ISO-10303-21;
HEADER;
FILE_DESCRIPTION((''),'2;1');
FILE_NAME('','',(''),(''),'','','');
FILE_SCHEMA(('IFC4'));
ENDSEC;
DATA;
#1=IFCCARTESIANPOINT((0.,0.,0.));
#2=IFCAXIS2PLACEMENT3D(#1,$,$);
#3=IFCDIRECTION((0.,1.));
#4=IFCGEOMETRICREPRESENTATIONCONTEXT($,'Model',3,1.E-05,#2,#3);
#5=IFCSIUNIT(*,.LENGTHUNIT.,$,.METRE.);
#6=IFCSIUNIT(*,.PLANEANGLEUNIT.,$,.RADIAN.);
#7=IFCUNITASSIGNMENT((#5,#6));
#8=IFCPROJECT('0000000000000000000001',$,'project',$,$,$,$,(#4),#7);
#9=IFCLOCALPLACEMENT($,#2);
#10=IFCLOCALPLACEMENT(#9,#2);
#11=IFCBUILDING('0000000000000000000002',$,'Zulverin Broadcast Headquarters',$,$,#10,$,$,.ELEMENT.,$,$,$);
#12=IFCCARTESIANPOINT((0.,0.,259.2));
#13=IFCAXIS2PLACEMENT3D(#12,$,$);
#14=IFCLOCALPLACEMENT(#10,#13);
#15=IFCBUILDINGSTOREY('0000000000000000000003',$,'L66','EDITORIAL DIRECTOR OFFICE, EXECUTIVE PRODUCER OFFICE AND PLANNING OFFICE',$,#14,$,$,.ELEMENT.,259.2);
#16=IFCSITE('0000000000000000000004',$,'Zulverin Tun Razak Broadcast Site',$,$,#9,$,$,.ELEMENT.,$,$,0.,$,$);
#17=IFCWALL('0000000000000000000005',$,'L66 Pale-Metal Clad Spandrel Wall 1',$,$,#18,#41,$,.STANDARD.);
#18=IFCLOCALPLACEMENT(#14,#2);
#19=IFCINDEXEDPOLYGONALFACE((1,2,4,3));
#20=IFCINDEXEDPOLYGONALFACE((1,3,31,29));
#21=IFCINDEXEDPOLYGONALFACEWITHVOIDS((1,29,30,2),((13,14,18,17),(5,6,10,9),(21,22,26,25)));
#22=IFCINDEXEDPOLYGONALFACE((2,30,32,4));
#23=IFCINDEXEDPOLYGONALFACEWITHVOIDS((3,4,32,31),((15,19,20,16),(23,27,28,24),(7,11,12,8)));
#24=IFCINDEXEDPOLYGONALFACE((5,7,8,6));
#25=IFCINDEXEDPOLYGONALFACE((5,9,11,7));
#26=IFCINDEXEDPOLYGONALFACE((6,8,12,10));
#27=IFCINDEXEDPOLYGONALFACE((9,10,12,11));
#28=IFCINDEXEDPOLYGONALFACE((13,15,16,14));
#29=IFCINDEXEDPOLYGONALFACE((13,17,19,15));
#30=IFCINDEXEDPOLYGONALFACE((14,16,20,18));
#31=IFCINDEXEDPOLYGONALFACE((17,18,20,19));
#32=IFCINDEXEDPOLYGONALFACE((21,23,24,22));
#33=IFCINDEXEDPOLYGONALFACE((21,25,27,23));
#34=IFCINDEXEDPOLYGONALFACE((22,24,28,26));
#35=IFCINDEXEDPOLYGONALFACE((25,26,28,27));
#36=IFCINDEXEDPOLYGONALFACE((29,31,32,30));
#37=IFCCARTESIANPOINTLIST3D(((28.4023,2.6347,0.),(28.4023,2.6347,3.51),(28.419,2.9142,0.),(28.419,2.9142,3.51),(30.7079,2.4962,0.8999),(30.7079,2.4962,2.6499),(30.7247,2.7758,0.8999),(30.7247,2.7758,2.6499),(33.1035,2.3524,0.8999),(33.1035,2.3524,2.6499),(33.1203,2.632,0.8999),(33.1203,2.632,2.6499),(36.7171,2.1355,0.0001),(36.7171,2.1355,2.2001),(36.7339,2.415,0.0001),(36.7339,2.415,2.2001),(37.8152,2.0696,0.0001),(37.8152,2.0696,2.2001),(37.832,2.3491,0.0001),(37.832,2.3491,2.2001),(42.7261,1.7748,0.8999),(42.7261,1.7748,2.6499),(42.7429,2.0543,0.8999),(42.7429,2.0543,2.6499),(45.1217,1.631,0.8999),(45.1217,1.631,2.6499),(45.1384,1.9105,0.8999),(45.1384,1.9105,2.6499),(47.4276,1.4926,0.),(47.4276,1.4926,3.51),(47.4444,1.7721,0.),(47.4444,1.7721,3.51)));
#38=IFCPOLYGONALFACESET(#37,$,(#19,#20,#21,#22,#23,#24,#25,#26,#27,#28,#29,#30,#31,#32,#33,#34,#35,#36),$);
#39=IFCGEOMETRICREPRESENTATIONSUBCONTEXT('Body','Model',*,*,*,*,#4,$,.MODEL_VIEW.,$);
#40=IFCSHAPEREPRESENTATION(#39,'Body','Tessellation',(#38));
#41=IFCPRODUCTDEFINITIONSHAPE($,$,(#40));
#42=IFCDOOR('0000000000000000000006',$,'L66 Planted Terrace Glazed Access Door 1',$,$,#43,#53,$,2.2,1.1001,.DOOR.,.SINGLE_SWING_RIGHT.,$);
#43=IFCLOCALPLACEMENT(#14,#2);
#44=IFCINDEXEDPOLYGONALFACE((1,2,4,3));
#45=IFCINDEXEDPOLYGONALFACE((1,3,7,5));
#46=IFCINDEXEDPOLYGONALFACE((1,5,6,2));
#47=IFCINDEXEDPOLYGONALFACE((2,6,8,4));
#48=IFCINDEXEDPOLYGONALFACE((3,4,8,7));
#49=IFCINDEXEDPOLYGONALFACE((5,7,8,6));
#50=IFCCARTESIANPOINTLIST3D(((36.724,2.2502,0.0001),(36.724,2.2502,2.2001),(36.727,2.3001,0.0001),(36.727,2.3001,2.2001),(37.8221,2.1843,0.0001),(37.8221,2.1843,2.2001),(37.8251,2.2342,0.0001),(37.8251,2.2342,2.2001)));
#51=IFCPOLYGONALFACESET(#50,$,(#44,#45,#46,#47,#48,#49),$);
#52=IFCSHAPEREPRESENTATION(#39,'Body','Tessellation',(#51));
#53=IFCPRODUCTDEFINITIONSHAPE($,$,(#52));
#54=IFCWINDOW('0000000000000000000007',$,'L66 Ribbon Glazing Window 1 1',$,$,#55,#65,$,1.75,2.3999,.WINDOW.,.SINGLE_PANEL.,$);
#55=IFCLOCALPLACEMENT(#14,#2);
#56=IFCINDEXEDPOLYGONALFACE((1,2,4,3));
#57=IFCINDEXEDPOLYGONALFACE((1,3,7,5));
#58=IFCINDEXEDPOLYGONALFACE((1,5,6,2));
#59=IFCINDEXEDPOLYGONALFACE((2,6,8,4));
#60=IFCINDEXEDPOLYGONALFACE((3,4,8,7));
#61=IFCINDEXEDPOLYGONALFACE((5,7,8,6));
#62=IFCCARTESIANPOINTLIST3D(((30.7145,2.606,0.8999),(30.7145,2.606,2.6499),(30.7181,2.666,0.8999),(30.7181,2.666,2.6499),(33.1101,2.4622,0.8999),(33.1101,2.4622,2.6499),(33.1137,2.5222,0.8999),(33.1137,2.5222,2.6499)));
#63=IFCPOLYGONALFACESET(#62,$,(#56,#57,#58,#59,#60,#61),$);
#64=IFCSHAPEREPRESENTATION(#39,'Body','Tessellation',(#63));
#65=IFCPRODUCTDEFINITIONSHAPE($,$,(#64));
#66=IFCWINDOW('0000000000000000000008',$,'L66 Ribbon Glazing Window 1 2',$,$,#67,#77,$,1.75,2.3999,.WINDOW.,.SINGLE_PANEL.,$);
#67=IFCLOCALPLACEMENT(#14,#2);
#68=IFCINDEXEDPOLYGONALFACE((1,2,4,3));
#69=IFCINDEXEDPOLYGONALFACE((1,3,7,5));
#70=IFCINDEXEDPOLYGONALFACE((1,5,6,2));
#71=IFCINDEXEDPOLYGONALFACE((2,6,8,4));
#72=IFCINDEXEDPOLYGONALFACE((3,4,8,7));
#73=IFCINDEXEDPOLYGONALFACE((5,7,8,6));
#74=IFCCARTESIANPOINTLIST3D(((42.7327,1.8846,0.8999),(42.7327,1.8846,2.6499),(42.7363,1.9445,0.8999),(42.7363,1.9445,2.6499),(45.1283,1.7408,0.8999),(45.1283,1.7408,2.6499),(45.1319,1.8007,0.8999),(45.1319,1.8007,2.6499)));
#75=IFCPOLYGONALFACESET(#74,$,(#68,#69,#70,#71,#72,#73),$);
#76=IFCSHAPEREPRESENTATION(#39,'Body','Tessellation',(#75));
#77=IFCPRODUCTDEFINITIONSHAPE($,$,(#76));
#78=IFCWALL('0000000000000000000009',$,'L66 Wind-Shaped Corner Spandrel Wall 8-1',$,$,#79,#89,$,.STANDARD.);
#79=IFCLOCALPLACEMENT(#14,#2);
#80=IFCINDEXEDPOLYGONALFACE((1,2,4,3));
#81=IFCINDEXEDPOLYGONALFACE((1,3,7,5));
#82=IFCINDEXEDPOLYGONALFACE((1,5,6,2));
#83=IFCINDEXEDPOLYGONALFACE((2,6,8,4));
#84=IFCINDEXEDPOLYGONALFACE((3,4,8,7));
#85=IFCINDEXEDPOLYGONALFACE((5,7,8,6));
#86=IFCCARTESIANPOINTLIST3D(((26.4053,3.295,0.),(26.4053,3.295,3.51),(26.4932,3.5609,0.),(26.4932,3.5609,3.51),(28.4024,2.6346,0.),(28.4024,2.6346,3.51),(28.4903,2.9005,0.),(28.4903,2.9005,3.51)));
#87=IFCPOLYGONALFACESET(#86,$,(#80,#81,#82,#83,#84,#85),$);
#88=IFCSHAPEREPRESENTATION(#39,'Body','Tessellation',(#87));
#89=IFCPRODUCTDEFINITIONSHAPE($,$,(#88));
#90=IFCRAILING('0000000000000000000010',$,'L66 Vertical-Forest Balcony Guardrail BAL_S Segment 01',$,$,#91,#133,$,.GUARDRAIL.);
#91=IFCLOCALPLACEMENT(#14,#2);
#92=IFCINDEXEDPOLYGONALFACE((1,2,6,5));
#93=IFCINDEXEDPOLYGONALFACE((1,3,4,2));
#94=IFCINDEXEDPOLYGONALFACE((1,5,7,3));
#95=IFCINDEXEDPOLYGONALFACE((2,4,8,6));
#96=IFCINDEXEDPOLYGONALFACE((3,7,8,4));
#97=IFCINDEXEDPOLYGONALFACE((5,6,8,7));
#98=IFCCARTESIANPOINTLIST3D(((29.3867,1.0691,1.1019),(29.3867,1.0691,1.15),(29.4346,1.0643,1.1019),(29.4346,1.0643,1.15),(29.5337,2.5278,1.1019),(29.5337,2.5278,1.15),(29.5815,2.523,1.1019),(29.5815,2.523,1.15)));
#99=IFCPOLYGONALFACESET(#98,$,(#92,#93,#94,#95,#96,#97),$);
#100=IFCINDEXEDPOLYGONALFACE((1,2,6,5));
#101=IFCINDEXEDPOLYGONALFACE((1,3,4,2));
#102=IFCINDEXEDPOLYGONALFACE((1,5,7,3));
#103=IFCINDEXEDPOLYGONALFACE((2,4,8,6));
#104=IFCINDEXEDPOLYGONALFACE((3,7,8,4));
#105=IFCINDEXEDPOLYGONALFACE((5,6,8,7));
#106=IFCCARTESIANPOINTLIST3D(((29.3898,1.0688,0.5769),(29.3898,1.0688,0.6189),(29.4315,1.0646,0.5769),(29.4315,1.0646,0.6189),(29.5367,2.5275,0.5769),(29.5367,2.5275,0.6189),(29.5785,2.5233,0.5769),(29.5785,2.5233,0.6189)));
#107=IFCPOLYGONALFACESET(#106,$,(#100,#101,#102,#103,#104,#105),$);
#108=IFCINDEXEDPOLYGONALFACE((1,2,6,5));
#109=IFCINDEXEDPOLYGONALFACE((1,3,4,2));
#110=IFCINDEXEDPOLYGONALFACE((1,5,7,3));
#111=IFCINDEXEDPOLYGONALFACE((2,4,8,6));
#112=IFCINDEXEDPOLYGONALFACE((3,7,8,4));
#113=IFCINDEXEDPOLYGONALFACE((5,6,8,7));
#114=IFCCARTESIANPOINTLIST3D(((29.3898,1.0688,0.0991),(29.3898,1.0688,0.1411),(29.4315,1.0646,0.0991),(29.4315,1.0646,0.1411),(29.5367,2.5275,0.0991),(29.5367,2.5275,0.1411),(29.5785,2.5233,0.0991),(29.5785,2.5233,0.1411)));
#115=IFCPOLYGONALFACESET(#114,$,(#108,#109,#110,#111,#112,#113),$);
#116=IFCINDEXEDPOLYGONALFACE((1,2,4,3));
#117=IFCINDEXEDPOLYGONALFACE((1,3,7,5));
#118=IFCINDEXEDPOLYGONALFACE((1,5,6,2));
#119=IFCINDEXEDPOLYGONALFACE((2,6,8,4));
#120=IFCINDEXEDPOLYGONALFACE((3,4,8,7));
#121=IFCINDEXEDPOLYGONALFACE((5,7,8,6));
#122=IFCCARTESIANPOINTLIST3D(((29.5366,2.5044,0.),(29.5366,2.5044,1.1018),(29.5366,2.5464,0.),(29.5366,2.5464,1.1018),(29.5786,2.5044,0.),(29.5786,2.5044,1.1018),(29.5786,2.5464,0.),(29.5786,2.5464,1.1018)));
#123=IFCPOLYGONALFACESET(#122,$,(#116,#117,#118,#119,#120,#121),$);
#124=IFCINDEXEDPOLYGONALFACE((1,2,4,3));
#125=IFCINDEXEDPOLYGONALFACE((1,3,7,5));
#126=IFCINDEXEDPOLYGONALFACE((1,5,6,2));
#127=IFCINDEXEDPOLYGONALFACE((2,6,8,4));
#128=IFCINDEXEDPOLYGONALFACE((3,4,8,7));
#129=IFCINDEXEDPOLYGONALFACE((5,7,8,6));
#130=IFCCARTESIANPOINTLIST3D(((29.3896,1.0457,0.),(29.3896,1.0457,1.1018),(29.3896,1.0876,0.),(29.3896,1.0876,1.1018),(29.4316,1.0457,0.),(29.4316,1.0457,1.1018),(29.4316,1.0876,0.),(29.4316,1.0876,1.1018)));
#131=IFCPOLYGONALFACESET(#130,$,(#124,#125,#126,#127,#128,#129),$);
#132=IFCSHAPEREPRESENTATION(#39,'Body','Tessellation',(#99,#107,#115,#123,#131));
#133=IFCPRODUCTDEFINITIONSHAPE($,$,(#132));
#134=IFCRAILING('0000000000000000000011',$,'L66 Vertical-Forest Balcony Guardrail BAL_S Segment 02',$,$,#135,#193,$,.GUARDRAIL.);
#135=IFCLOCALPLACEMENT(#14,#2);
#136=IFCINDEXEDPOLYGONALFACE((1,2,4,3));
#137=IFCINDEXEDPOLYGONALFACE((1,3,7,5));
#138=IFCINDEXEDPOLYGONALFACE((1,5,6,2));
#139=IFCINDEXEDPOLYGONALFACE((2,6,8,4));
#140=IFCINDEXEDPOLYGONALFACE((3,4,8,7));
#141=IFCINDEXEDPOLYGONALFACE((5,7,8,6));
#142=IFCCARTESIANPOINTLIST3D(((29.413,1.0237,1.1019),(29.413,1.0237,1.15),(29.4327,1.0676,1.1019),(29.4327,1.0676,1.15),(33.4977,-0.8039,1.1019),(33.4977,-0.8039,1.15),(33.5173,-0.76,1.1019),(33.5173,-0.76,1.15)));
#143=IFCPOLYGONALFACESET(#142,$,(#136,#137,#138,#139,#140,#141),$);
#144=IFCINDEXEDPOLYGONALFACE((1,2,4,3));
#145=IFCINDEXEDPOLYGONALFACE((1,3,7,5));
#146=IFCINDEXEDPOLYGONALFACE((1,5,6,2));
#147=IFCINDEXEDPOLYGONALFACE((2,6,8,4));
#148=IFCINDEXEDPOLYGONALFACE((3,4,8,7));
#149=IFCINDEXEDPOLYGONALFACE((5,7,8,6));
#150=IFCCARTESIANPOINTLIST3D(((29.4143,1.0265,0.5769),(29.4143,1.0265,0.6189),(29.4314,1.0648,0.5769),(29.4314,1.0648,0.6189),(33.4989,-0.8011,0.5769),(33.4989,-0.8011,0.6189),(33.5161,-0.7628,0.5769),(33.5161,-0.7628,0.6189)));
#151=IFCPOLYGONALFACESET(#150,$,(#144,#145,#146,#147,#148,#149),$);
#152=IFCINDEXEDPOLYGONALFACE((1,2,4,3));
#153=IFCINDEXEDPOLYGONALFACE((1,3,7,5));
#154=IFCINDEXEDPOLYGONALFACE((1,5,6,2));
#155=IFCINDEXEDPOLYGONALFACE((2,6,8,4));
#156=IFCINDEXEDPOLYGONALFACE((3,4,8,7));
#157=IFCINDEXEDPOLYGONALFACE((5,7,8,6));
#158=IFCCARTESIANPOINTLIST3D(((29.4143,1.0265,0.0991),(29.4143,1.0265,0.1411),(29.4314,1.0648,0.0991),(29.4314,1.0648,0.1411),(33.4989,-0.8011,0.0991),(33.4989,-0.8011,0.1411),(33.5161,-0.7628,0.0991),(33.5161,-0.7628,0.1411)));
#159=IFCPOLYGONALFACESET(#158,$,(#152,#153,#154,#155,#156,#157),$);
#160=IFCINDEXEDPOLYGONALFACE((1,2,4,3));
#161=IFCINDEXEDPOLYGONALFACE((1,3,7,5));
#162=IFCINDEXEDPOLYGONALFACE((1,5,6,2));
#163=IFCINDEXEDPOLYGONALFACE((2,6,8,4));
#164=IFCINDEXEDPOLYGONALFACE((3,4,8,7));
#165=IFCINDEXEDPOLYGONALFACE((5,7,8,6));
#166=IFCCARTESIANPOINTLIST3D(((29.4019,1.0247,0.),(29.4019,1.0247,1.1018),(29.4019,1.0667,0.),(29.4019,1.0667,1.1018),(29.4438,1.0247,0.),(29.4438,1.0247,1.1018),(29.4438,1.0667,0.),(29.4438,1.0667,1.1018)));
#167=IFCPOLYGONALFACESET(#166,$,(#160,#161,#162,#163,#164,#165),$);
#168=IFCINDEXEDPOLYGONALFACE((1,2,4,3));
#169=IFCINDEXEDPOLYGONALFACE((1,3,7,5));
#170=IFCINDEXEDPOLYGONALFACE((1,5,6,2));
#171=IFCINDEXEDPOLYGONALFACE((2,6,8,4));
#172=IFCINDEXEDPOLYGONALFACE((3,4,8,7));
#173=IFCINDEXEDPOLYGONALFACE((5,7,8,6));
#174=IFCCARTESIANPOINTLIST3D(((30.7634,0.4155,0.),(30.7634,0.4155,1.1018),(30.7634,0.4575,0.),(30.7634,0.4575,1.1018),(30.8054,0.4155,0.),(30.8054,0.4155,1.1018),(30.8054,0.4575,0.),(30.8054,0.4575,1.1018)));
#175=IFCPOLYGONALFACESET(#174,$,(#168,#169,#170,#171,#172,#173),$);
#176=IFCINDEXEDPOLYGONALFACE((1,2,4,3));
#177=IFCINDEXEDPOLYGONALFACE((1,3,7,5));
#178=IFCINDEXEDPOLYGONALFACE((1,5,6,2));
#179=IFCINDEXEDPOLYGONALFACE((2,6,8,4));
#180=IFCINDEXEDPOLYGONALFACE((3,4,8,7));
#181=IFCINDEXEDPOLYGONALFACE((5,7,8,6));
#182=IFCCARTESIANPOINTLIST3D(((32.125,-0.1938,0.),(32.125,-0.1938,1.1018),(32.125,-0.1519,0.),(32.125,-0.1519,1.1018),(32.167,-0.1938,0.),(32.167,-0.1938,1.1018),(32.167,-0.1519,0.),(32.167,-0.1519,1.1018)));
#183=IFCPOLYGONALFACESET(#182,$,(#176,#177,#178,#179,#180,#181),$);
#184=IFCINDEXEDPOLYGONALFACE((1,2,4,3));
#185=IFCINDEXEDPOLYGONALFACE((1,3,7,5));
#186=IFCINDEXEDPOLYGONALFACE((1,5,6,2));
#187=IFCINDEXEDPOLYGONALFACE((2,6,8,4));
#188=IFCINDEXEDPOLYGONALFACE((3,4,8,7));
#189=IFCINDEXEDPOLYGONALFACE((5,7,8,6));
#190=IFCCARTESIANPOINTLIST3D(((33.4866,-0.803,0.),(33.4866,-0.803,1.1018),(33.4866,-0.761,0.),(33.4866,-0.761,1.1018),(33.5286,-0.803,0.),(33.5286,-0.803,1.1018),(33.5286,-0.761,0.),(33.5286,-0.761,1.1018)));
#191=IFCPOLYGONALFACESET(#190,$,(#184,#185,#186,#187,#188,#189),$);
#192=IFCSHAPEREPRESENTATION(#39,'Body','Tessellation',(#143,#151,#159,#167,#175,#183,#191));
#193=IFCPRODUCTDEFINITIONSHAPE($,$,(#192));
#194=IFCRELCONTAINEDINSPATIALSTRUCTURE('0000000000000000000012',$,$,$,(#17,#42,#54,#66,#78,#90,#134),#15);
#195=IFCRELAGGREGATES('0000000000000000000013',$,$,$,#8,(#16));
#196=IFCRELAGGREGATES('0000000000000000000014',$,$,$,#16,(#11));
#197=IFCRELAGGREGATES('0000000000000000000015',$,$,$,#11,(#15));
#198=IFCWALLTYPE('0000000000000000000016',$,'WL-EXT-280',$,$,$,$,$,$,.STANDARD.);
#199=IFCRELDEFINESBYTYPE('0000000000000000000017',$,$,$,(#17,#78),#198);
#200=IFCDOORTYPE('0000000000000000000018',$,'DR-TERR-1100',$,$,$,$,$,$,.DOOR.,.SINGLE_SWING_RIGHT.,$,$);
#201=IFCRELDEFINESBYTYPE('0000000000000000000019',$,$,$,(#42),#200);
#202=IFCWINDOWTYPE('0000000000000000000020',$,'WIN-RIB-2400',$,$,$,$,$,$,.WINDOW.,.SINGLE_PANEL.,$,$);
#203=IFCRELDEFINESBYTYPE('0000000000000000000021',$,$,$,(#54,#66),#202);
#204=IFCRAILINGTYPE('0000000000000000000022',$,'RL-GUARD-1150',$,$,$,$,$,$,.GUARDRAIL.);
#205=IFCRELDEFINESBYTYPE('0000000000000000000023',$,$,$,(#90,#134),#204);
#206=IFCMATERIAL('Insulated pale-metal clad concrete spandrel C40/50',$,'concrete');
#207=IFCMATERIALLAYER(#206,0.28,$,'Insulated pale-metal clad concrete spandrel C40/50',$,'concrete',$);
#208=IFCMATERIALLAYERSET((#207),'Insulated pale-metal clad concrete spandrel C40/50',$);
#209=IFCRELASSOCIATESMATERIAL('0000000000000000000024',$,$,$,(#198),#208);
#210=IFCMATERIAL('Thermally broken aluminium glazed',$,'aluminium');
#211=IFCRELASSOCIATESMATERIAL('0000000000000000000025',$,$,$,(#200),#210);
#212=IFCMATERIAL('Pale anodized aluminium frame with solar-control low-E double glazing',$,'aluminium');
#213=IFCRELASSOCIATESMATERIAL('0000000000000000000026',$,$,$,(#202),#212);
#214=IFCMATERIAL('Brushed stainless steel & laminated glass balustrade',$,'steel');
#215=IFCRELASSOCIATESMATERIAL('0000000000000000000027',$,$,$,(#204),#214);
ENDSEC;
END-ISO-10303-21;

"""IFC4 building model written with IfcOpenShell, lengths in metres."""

from ifc_helpers import new_model, si_unit, direction, frame, frame_2d, origin, origin_2d, place, context, subcontext, project, spatial, rectangle, extrude, material, layer, layer_set, type_object, element, fill, save


model = new_model("IFC4")

# Units and contexts
model_context = context("Model", 3, precision=1e-05, world=origin(), true_north=direction((0.0, 1.0)))
body_context = subcontext(model_context, "Body", "Model", "MODEL_VIEW")
ifc_project = project(units=[si_unit("LENGTHUNIT", "METRE"), si_unit("PLANEANGLEUNIT", "RADIAN")], contexts=[model_context])

# Site, building, storey
site_placement = place(None, origin())
site = spatial("IfcSite", under=ifc_project, at=site_placement, Name="Zulverin Tun Razak Broadcast Site", CompositionType="ELEMENT", RefElevation=0.0)
building_placement = place(site_placement, origin())
building = spatial("IfcBuilding", under=site, at=building_placement, Name="Zulverin Broadcast Headquarters", CompositionType="ELEMENT")
storey_placement = place(building_placement, frame((0.0, 0.0, 259.2)))
storey = spatial("IfcBuildingStorey", under=building, at=storey_placement, Name="L66", Description="EDITORIAL DIRECTOR OFFICE, EXECUTIVE PRODUCER OFFICE AND PLANNING OFFICE", CompositionType="ELEMENT", Elevation=259.2)

# Wall, openings, door, windows
ifc_material_1 = material(Name="Insulated pale-metal clad concrete spandrel C40/50", Category="concrete")
ifc_layer_1 = layer(ifc_material_1, 0.28, Name="Insulated pale-metal clad concrete spandrel C40/50", Category="concrete")
ifc_layer_set_1 = layer_set([ifc_layer_1], Name="Insulated pale-metal clad concrete spandrel C40/50")
wall_type = type_object("IfcWallType", Name="WL-EXT-280", PredefinedType="STANDARD", material=ifc_layer_set_1)
wall_1_placement = place(storey_placement, frame((28.4106, 2.7744, 0.0), z_axis=(0.0, 0.0, 1.0), x_axis=(0.998203, -0.059922, 0.0)))
wall_1 = element("IfcWall", 1, at=wall_1_placement, inside=storey, type_object=wall_type, Name="L66 Pale-Metal Clad Spandrel Wall 1", PredefinedType="STANDARD", context=body_context, shape_type="SweptSolid", body=[
    extrude(rectangle(XDim=19.0596, YDim=0.28, at=frame_2d((9.5298, 0.0))), origin(), (0.0, 0.0, 1.0), 3.51),
])
opening_1_placement = place(wall_1_placement, frame((8.3298, 0.0, 0.0)))
opening_1 = element("IfcOpeningElement", 2, at=opening_1_placement, cuts=wall_1, PredefinedType="OPENING", context=body_context, shape_type="SweptSolid", body=[
    extrude(rectangle(XDim=1.1001, YDim=2.2, at=frame_2d((0.55, 1.1001))), frame((0.0, 0.1499, 0.0), z_axis=(0.0, -1.0, 0.0), x_axis=(1.0, 0.0, 0.0)), (0.0, 0.0, 1.0), 0.3),
])
opening_2_placement = place(wall_1_placement, frame((2.3098, 0.0, 0.8999)))
opening_2 = element("IfcOpeningElement", 3, at=opening_2_placement, cuts=wall_1, PredefinedType="OPENING", context=body_context, shape_type="SweptSolid", body=[
    extrude(rectangle(XDim=2.3999, YDim=1.75, at=frame_2d((1.2, 0.875))), frame((0.0, 0.1499, 0.0), z_axis=(0.0, -1.0, 0.0), x_axis=(1.0, 0.0, 0.0)), (0.0, 0.0, 1.0), 0.3),
])
opening_3_placement = place(wall_1_placement, frame((14.3496, 0.0, 0.8999)))
opening_3 = element("IfcOpeningElement", 4, at=opening_3_placement, cuts=wall_1, PredefinedType="OPENING", context=body_context, shape_type="SweptSolid", body=[
    extrude(rectangle(XDim=2.3999, YDim=1.75, at=frame_2d((1.2, 0.875))), frame((0.0, 0.1499, 0.0), z_axis=(0.0, -1.0, 0.0), x_axis=(1.0, 0.0, 0.0)), (0.0, 0.0, 1.0), 0.3),
])
ifc_material_2 = material(Name="Thermally broken aluminium glazed", Category="aluminium")
door_type = type_object("IfcDoorType", Name="DR-TERR-1100", OperationType="SINGLE_SWING_RIGHT", PredefinedType="DOOR", material=ifc_material_2)
door_placement = place(opening_1_placement, origin())
door = element("IfcDoor", 5, at=door_placement, inside=storey, type_object=door_type, Name="L66 Planted Terrace Glazed Access Door 1", OperationType="SINGLE_SWING_RIGHT", OverallHeight=2.2, OverallWidth=1.1001, PredefinedType="DOOR", context=body_context, shape_type="SweptSolid", body=[
    extrude(rectangle(XDim=1.1001, YDim=2.2, at=frame_2d((0.55, 1.1001))), frame((0.0, 0.0249, 0.0), z_axis=(0.0, -1.0, 0.0), x_axis=(1.0, 0.0, 0.0)), (0.0, 0.0, 1.0), 0.05),
])
fill(opening_1, door)
ifc_material_3 = material(Name="Pale anodized aluminium frame with solar-control low-E double glazing", Category="aluminium")
window_type = type_object("IfcWindowType", Name="WIN-RIB-2400", PartitioningType="SINGLE_PANEL", PredefinedType="WINDOW", material=ifc_material_3)
window_1_placement = place(opening_2_placement, origin())
window_1 = element("IfcWindow", 6, at=window_1_placement, inside=storey, type_object=window_type, Name="L66 Ribbon Glazing Window 1 1", OverallHeight=1.75, OverallWidth=2.3999, PartitioningType="SINGLE_PANEL", PredefinedType="WINDOW", context=body_context, shape_type="SweptSolid", body=[
    extrude(rectangle(XDim=2.3999, YDim=1.75, at=frame_2d((1.2, 0.875))), frame((0.0, 0.03, 0.0), z_axis=(0.0, -1.0, 0.0), x_axis=(1.0, 0.0, 0.0)), (0.0, 0.0, 1.0), 0.0601),
])
fill(opening_2, window_1)
window_2_placement = place(opening_3_placement, origin())
window_2 = element("IfcWindow", 7, at=window_2_placement, inside=storey, type_object=window_type, Name="L66 Ribbon Glazing Window 1 2", OverallHeight=1.75, OverallWidth=2.3999, PartitioningType="SINGLE_PANEL", PredefinedType="WINDOW", context=body_context, shape_type="SweptSolid", body=[
    extrude(rectangle(XDim=2.3999, YDim=1.75, at=frame_2d((1.2, 0.875))), frame((0.0, 0.03, 0.0), z_axis=(0.0, -1.0, 0.0), x_axis=(1.0, 0.0, 0.0)), (0.0, 0.0, 1.0), 0.0601),
])
fill(opening_3, window_2)

# Wall
wall_2_placement = place(storey_placement, frame((26.4492, 3.428, 0.0), z_axis=(0.0, 0.0, 1.0), x_axis=(0.949435, -0.313964, 0.0)))
element("IfcWall", 8, at=wall_2_placement, inside=storey, type_object=wall_type, Name="L66 Wind-Shaped Corner Spandrel Wall 8-1", PredefinedType="STANDARD", context=body_context, shape_type="SweptSolid", body=[
    extrude(rectangle(XDim=2.1035, YDim=0.28, at=frame_2d((1.0518, 0.0))), origin(), (0.0, 0.0, 1.0), 3.51),
])

# Railings
ifc_material_4 = material(Name="Brushed stainless steel & laminated glass balustrade", Category="steel")
railing_type = type_object("IfcRailingType", Name="RL-GUARD-1150", PredefinedType="GUARDRAIL", material=ifc_material_4)
railing_1_placement = place(storey_placement, frame((29.5576, 2.5254, 0.0)))
element("IfcRailing", 9, at=railing_1_placement, inside=storey, type_object=railing_type, Name="L66 Vertical-Forest Balcony Guardrail BAL_S Segment 01", PredefinedType="GUARDRAIL", context=body_context, shape_type="SweptSolid", body=[
    extrude(rectangle(XDim=0.0481, YDim=0.0481, at=origin_2d()), frame((0.0, 0.0, 1.126), z_axis=(-0.100246, -0.994963, 0.0), x_axis=(0.994963, -0.100246, 0.0)), (0.0, 0.0, 1.0), 1.4661),
    extrude(rectangle(XDim=0.042, YDim=0.042, at=origin_2d()), frame((0.0, 0.0, 0.5979), z_axis=(-0.100246, -0.994963, 0.0), x_axis=(0.994963, -0.100246, 0.0)), (0.0, 0.0, 1.0), 1.4661),
    extrude(rectangle(XDim=0.042, YDim=0.042, at=origin_2d()), frame((0.0, 0.0, 0.1201), z_axis=(-0.100246, -0.994963, 0.0), x_axis=(0.994963, -0.100246, 0.0)), (0.0, 0.0, 1.0), 1.4661),
    extrude(rectangle(XDim=0.042, YDim=0.042, at=origin_2d()), origin(), (0.0, 0.0, 1.0), 1.1018),
    extrude(rectangle(XDim=0.042, YDim=0.042, at=origin_2d()), frame((-0.147, -1.4587, 0.0)), (0.0, 0.0, 1.0), 1.1018),
])
railing_2_placement = place(storey_placement, frame((29.4229, 1.0457, 0.0)))
element("IfcRailing", 10, at=railing_2_placement, inside=storey, type_object=railing_type, Name="L66 Vertical-Forest Balcony Guardrail BAL_S Segment 02", PredefinedType="GUARDRAIL", context=body_context, shape_type="SweptSolid", body=[
    extrude(rectangle(XDim=0.0481, YDim=0.0481, at=origin_2d()), frame((0.0, 0.0, 1.126), z_axis=(0.912796, -0.408415, 0.0), x_axis=(0.408415, 0.912796, 0.0)), (0.0, 0.0, 1.0), 4.4749),
    extrude(rectangle(XDim=0.042, YDim=0.042, at=origin_2d()), frame((0.0, 0.0, 0.5979), z_axis=(0.912796, -0.408415, 0.0), x_axis=(0.408415, 0.912796, 0.0)), (0.0, 0.0, 1.0), 4.4749),
    extrude(rectangle(XDim=0.042, YDim=0.042, at=origin_2d()), frame((0.0, 0.0, 0.1201), z_axis=(0.912796, -0.408415, 0.0), x_axis=(0.408415, 0.912796, 0.0)), (0.0, 0.0, 1.0), 4.4749),
    extrude(rectangle(XDim=0.042, YDim=0.042, at=origin_2d()), origin(), (0.0, 0.0, 1.0), 1.1018),
    extrude(rectangle(XDim=0.042, YDim=0.042, at=origin_2d()), frame((1.3616, -0.6091, 0.0)), (0.0, 0.0, 1.0), 1.1018),
    extrude(rectangle(XDim=0.042, YDim=0.042, at=origin_2d()), frame((2.7231, -1.2185, 0.0)), (0.0, 0.0, 1.0), 1.1018),
    extrude(rectangle(XDim=0.042, YDim=0.042, at=origin_2d()), frame((4.0847, -1.8276, 0.0)), (0.0, 0.0, 1.0), 1.1018),
])

save(model, "model.ifc")
